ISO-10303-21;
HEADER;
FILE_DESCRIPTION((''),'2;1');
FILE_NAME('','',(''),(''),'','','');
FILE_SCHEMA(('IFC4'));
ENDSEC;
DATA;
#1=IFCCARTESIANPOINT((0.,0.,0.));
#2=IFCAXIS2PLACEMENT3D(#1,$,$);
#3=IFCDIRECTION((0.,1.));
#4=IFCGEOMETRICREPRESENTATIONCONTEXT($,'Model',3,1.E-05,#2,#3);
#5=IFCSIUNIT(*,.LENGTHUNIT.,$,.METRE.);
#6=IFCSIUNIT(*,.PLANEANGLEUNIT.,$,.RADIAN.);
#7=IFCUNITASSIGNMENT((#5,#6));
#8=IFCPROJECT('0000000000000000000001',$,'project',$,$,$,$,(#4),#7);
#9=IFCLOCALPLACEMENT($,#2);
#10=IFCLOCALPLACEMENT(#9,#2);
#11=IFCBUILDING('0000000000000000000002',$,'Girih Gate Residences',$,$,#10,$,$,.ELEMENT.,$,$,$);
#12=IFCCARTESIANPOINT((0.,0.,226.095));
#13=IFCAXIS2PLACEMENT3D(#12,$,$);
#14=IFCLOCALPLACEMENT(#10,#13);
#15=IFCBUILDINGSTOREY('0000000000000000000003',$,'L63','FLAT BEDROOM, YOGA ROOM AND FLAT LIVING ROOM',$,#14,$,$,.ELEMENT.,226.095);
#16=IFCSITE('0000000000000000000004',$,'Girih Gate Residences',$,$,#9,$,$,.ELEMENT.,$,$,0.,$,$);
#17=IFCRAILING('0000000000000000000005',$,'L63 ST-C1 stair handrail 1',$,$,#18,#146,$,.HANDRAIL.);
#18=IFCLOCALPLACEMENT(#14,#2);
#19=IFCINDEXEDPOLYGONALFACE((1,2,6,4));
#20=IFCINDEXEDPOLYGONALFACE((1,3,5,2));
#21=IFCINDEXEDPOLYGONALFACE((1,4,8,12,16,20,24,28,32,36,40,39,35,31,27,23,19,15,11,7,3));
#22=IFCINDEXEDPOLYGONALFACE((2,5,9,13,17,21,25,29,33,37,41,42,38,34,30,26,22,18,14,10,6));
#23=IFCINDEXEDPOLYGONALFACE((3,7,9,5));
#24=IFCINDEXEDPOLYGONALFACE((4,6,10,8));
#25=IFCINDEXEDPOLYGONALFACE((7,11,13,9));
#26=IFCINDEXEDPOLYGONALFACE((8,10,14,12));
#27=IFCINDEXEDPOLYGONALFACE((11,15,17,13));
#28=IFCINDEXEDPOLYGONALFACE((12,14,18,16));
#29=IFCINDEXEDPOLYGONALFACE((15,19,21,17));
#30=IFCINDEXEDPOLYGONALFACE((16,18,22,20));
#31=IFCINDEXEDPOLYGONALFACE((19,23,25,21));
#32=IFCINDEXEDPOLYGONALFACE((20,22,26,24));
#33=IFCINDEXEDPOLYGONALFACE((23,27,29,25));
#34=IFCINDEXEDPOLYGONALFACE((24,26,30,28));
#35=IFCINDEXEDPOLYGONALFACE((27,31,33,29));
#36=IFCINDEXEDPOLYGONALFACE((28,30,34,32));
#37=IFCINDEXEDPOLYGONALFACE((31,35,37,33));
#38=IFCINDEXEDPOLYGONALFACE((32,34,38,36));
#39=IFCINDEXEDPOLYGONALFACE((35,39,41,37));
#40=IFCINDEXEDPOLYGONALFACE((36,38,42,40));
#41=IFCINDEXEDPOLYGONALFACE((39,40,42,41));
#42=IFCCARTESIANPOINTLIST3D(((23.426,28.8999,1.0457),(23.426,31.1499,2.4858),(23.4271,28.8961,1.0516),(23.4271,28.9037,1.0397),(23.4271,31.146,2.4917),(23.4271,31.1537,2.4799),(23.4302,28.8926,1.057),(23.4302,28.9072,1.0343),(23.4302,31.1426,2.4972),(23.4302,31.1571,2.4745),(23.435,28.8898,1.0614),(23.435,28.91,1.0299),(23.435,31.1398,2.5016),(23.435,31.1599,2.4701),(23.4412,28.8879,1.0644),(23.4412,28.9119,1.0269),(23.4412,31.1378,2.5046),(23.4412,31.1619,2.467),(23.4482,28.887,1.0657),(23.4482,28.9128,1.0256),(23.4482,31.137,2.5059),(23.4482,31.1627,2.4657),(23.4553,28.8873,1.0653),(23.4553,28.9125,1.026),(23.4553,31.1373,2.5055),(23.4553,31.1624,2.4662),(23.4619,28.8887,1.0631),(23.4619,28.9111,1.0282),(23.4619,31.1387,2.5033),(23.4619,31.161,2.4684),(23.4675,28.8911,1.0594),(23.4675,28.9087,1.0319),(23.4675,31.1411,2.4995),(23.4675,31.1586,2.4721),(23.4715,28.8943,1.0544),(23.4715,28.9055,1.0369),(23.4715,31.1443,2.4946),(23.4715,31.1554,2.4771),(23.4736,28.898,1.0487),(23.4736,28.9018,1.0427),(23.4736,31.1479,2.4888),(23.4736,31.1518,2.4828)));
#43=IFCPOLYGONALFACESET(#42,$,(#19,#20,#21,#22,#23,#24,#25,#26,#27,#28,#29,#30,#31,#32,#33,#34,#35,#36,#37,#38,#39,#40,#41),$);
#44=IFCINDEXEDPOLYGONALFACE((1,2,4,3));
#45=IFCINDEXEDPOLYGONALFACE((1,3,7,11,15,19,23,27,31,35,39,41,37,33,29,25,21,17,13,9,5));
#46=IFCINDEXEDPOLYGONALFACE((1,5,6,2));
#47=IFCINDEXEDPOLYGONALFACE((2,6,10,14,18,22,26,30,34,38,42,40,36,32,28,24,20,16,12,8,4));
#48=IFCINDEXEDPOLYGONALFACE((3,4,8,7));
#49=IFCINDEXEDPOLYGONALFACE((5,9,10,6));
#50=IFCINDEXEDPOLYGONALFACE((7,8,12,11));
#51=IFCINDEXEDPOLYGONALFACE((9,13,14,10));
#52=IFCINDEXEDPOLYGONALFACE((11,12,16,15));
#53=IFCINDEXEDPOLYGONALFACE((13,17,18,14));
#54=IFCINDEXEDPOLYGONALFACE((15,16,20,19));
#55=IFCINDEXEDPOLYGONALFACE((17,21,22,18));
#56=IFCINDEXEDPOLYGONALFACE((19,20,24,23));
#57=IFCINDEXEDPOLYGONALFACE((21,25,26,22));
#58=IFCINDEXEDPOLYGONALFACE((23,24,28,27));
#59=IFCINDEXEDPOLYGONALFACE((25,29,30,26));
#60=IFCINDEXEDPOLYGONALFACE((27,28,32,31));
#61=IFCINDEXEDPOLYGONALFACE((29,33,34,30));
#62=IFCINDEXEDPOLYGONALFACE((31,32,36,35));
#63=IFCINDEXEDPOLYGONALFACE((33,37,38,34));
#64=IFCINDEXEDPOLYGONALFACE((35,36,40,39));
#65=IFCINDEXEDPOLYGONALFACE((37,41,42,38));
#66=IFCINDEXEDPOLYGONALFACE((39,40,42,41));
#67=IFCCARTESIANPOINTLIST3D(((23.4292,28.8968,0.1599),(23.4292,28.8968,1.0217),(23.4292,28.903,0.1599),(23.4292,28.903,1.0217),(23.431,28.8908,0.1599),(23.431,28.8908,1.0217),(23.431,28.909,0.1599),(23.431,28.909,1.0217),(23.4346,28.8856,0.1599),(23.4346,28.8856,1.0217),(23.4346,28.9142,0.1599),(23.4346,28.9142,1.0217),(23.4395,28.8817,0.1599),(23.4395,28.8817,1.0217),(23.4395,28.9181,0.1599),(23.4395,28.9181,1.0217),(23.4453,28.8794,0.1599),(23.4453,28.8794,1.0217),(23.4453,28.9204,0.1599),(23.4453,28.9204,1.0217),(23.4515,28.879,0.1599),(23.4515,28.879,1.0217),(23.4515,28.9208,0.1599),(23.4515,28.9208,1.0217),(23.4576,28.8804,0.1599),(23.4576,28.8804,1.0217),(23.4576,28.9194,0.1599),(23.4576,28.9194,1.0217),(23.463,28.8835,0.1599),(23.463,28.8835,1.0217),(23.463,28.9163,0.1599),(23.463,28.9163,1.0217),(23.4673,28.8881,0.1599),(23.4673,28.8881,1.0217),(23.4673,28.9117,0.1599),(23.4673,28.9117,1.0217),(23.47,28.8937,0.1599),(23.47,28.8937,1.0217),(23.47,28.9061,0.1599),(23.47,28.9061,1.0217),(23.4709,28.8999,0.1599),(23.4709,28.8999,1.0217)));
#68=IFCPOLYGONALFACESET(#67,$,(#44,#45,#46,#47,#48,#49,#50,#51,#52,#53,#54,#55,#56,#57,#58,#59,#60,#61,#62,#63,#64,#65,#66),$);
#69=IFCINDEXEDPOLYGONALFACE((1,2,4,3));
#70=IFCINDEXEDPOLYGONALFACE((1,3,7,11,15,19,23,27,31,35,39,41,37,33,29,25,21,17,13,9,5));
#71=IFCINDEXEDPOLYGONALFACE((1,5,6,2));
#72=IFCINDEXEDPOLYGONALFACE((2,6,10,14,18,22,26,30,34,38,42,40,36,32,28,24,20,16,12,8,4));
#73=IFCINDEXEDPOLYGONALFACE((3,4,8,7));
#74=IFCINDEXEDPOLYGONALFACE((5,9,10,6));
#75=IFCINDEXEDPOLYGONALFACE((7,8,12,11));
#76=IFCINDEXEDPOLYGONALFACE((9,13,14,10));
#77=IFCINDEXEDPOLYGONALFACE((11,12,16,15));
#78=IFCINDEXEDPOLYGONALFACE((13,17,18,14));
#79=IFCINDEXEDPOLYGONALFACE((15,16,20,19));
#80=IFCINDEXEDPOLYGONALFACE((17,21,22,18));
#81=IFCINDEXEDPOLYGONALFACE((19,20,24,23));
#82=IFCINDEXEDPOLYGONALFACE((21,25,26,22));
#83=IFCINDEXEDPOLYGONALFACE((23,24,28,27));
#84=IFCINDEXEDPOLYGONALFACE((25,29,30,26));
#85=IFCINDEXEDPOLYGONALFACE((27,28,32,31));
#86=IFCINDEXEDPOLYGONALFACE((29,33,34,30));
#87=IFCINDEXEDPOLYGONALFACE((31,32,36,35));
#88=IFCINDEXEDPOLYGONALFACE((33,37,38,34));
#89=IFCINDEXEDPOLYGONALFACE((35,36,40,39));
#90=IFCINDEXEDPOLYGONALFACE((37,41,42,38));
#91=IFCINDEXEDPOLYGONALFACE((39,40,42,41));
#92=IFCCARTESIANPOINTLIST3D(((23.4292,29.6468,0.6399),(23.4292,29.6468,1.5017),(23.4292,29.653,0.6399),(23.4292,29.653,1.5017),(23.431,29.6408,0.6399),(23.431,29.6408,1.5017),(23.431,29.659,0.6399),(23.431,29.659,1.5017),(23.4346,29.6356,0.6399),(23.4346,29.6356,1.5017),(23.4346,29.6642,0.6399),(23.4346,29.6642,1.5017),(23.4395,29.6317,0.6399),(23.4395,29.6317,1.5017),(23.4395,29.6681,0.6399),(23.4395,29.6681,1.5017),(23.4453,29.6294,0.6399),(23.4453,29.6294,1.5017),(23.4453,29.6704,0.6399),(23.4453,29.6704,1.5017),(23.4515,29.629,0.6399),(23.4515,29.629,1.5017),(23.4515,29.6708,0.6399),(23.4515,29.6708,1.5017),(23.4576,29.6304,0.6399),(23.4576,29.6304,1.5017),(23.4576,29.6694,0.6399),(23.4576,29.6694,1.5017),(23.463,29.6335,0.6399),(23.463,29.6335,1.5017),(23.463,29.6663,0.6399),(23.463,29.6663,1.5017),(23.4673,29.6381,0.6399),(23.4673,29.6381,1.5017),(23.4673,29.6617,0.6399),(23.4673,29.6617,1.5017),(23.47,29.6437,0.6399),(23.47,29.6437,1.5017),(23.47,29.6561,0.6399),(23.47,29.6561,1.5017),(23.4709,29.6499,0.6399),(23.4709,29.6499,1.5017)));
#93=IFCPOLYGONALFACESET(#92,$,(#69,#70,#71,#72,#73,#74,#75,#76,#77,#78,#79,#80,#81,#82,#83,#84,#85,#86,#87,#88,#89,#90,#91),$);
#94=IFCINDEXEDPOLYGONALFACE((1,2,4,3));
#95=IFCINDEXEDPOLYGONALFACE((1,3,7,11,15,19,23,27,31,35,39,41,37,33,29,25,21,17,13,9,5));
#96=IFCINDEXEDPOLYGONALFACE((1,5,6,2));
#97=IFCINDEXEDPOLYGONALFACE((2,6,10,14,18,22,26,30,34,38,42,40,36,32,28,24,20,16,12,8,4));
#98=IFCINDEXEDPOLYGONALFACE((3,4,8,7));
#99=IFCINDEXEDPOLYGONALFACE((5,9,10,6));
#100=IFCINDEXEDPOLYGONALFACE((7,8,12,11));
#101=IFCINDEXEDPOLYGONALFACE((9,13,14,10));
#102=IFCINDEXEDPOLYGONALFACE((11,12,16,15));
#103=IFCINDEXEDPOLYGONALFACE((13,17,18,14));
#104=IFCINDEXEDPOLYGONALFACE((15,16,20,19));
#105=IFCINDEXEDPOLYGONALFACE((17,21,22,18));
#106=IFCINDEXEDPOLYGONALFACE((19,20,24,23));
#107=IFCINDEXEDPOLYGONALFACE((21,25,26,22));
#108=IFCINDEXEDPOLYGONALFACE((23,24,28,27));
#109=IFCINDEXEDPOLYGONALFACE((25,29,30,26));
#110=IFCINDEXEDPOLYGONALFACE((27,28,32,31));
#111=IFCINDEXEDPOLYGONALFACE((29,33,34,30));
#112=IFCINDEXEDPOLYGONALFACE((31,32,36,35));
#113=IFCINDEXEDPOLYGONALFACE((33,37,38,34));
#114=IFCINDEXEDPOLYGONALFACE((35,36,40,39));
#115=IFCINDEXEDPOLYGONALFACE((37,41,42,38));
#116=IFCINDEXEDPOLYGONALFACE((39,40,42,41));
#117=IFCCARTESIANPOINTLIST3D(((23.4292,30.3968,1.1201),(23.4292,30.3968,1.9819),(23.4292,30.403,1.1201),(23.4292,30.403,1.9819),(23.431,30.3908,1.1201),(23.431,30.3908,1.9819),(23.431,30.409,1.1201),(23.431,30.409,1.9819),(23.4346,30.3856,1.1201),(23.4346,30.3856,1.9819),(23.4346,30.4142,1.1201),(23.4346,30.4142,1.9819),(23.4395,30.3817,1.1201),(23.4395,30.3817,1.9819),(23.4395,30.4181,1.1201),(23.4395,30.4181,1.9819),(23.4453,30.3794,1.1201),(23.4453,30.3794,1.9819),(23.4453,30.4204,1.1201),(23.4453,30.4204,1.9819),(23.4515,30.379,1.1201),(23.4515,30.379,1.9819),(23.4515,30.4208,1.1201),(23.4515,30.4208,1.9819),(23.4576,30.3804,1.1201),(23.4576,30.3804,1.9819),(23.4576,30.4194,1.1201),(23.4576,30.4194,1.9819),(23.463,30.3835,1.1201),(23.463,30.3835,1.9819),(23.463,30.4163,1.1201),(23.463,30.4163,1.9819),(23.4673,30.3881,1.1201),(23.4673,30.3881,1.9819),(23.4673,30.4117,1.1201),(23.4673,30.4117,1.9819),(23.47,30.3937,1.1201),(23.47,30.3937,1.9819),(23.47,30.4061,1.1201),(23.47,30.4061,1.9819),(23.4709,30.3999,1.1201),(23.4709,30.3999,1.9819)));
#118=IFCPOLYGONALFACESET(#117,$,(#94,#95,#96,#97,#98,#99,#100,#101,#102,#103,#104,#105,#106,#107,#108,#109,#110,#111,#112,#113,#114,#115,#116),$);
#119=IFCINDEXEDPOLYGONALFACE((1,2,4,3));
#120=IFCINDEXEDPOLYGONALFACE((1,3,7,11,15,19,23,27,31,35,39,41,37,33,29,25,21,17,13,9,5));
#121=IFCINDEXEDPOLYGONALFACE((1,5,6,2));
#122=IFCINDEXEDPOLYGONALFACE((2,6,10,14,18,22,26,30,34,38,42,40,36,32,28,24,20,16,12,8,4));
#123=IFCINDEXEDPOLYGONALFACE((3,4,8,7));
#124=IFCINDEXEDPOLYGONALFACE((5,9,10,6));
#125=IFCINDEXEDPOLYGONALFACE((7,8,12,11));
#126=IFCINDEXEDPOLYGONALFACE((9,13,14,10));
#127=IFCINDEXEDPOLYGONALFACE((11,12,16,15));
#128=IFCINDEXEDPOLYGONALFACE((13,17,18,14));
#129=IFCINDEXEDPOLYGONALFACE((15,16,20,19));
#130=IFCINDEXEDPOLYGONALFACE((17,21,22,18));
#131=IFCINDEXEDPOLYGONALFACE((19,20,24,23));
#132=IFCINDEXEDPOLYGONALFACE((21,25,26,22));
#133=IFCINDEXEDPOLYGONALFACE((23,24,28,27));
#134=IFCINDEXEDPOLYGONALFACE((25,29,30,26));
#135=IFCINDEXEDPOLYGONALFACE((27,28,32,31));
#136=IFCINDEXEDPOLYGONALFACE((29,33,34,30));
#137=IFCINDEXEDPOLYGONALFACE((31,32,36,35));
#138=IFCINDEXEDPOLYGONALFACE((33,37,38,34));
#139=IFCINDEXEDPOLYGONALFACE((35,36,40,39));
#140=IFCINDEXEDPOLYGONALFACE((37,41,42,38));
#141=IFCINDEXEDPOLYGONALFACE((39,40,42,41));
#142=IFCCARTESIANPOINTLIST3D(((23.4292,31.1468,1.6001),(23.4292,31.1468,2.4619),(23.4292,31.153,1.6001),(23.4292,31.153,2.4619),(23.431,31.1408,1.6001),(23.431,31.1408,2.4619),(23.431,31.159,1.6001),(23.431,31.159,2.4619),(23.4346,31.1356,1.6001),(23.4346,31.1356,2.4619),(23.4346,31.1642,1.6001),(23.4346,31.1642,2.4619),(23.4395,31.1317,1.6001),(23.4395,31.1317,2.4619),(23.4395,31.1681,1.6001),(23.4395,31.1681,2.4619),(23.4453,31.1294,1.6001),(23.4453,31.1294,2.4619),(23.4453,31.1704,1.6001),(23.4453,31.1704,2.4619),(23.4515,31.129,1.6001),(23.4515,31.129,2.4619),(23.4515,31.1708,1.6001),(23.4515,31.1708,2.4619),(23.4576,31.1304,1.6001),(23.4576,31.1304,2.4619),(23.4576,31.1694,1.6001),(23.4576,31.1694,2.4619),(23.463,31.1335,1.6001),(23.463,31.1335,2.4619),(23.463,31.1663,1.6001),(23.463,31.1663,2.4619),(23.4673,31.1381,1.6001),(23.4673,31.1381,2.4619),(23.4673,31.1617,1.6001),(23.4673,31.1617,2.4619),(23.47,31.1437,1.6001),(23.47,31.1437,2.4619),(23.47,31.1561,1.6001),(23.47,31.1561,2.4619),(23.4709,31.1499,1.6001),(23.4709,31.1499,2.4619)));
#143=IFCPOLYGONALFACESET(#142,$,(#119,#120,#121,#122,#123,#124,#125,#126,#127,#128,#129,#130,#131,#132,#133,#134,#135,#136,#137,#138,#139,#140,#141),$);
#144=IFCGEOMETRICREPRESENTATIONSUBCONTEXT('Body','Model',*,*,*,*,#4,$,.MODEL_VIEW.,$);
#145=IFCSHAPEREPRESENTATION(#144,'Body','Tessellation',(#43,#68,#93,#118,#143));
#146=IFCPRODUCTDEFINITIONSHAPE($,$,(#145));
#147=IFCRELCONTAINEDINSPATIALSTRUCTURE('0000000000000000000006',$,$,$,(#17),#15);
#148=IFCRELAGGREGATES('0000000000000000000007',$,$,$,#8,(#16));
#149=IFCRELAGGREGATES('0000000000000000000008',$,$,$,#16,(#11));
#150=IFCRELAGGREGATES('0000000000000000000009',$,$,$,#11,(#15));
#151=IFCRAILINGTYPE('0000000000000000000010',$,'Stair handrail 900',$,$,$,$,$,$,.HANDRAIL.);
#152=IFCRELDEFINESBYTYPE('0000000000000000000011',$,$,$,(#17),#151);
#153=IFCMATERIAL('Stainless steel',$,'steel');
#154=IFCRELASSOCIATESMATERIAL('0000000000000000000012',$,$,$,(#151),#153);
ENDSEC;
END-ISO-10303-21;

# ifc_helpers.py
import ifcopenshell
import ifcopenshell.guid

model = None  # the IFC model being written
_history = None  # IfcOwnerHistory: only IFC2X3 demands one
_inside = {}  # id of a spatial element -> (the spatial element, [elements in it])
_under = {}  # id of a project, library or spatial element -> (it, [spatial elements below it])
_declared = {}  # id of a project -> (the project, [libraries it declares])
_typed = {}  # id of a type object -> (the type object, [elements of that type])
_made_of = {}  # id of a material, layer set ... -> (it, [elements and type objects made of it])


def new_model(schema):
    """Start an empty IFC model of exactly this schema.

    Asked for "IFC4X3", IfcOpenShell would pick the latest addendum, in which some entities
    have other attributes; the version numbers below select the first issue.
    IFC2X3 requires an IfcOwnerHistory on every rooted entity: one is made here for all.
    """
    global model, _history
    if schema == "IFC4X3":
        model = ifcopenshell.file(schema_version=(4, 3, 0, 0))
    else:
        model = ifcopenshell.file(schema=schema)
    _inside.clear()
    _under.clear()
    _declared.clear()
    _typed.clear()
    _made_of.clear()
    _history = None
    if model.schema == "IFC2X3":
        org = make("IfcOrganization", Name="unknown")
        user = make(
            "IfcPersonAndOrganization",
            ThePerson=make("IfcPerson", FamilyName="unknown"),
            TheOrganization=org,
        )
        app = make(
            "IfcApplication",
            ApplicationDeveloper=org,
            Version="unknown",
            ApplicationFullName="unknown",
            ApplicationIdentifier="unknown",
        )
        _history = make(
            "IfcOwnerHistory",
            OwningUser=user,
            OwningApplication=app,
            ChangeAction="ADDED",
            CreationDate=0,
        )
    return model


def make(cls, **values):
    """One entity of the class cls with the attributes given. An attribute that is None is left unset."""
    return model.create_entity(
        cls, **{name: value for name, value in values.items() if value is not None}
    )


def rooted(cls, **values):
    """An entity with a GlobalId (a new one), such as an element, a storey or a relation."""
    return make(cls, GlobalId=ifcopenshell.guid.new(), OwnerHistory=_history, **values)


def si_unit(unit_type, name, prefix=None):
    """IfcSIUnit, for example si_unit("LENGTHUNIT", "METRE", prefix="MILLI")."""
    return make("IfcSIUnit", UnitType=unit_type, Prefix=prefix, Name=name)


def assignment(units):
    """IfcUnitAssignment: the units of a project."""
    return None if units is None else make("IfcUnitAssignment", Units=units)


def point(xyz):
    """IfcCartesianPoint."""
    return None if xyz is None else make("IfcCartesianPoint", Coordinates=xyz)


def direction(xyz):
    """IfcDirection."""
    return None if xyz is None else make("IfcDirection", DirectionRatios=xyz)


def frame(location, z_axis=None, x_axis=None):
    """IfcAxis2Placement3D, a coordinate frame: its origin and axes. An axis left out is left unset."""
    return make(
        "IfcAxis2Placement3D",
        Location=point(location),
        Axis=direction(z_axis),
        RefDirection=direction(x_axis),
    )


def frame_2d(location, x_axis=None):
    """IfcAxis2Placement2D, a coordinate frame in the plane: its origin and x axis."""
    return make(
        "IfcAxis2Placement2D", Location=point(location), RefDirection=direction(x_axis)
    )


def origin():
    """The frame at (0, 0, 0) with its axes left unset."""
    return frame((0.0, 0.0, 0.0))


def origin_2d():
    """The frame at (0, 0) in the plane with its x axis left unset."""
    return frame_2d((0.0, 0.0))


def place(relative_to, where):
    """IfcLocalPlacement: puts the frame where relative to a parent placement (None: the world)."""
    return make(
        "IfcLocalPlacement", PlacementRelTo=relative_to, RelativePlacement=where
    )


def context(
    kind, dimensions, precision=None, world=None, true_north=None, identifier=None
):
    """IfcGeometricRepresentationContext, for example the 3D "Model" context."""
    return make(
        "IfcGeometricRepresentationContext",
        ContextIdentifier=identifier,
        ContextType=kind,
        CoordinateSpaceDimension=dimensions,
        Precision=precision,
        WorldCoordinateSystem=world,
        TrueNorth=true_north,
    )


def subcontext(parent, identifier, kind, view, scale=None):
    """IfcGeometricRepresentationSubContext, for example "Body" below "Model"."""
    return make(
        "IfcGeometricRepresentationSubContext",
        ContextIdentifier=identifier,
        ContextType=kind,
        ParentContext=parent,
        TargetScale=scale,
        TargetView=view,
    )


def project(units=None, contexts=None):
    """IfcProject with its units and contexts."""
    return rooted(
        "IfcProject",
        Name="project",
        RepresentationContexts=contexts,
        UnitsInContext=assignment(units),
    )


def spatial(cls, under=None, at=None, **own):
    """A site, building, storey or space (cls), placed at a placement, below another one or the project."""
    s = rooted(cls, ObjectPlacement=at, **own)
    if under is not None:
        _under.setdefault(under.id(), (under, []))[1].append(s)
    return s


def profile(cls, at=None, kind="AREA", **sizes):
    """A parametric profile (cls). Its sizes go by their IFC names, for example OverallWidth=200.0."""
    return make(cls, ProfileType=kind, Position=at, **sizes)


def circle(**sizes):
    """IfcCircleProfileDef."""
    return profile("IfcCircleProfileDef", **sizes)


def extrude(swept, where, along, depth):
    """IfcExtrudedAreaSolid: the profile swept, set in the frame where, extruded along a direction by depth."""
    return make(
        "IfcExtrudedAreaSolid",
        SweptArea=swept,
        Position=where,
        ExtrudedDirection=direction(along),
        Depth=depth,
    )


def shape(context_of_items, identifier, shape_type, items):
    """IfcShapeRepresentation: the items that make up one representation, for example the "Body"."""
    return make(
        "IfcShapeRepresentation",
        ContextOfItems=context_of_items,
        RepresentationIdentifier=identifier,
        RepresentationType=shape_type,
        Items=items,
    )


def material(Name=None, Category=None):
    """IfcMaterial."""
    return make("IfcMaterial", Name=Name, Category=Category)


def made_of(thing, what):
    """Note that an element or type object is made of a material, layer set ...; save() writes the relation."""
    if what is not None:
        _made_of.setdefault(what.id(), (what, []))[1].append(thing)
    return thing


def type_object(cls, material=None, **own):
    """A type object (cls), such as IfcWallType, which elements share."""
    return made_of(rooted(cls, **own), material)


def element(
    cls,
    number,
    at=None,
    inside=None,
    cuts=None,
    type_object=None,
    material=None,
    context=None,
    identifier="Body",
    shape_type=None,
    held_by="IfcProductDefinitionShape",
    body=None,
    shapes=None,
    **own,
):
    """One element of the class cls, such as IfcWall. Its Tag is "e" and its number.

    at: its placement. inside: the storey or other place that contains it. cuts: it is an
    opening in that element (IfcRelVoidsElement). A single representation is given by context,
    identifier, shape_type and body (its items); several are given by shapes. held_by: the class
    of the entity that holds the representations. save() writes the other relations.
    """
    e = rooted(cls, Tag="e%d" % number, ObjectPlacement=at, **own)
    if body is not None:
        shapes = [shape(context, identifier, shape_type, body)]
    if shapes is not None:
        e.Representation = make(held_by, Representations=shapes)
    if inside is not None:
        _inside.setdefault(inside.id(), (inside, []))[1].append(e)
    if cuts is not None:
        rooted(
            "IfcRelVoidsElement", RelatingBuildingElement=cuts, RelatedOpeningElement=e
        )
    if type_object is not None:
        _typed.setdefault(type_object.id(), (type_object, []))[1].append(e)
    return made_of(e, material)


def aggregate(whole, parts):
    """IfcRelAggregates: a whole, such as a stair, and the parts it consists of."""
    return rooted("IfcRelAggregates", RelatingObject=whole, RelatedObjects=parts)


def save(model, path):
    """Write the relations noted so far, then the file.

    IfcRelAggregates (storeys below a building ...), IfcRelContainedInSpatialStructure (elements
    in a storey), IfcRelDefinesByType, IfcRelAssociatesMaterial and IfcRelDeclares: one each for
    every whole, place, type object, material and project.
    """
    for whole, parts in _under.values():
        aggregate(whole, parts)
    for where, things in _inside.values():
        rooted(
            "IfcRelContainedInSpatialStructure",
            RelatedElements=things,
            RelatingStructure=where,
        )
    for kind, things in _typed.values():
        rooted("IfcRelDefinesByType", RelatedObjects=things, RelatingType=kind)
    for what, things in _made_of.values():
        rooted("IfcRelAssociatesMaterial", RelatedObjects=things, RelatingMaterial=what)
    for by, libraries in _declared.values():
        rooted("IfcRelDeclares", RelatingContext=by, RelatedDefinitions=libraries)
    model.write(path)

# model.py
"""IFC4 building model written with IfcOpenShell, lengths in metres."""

from ifc_helpers import new_model, si_unit, direction, frame, origin, origin_2d, place, context, subcontext, project, spatial, circle, extrude, material, type_object, element, save


model = new_model("IFC4")

# Units and contexts
model_context = context("Model", 3, precision=1e-05, world=origin(), true_north=direction((0.0, 1.0)))
body_context = subcontext(model_context, "Body", "Model", "MODEL_VIEW")
ifc_project = project(units=[si_unit("LENGTHUNIT", "METRE"), si_unit("PLANEANGLEUNIT", "RADIAN")], contexts=[model_context])

# Site, building, storey
site_placement = place(None, origin())
site = spatial("IfcSite", under=ifc_project, at=site_placement, Name="Girih Gate Residences", CompositionType="ELEMENT", RefElevation=0.0)
building_placement = place(site_placement, origin())
building = spatial("IfcBuilding", under=site, at=building_placement, Name="Girih Gate Residences", CompositionType="ELEMENT")
storey_placement = place(building_placement, frame((0.0, 0.0, 226.095)))
storey = spatial("IfcBuildingStorey", under=building, at=storey_placement, Name="L63", Description="FLAT BEDROOM, YOGA ROOM AND FLAT LIVING ROOM", CompositionType="ELEMENT", Elevation=226.095)

# Railing
ifc_material_1 = material(Name="Stainless steel", Category="steel")
railing_type_1 = type_object("IfcRailingType", Name="Stair handrail 900", PredefinedType="HANDRAIL", material=ifc_material_1)
for number, where, name in (
    (1, (23.45, 28.8999, 0.1599), "L63 ST-C1 stair handrail 1"),
):
    element("IfcRailing", number, at=place(storey_placement, frame(where)), inside=storey, type_object=railing_type_1, Name=name, PredefinedType="HANDRAIL", context=body_context, shape_type="SweptSolid", body=[
        extrude(circle(Radius=0.0239, at=origin_2d()), frame((0.0, 0.0, 0.8857), z_axis=(0.0, 0.84224, 0.539103), x_axis=(-1.0, 0.0, 0.0)), (0.0, 0.0, 1.0), 2.6714),
        extrude(circle(Radius=0.021, at=origin_2d()), origin(), (0.0, 0.0, 1.0), 0.8618),
        extrude(circle(Radius=0.021, at=origin_2d()), frame((0.0, 0.75, 0.48)), (0.0, 0.0, 1.0), 0.8618),
        extrude(circle(Radius=0.021, at=origin_2d()), frame((0.0, 1.5, 0.9602)), (0.0, 0.0, 1.0), 0.8618),
        extrude(circle(Radius=0.021, at=origin_2d()), frame((0.0, 2.25, 1.4402)), (0.0, 0.0, 1.0), 0.8618),
    ])

save(model, "model.ifc")
